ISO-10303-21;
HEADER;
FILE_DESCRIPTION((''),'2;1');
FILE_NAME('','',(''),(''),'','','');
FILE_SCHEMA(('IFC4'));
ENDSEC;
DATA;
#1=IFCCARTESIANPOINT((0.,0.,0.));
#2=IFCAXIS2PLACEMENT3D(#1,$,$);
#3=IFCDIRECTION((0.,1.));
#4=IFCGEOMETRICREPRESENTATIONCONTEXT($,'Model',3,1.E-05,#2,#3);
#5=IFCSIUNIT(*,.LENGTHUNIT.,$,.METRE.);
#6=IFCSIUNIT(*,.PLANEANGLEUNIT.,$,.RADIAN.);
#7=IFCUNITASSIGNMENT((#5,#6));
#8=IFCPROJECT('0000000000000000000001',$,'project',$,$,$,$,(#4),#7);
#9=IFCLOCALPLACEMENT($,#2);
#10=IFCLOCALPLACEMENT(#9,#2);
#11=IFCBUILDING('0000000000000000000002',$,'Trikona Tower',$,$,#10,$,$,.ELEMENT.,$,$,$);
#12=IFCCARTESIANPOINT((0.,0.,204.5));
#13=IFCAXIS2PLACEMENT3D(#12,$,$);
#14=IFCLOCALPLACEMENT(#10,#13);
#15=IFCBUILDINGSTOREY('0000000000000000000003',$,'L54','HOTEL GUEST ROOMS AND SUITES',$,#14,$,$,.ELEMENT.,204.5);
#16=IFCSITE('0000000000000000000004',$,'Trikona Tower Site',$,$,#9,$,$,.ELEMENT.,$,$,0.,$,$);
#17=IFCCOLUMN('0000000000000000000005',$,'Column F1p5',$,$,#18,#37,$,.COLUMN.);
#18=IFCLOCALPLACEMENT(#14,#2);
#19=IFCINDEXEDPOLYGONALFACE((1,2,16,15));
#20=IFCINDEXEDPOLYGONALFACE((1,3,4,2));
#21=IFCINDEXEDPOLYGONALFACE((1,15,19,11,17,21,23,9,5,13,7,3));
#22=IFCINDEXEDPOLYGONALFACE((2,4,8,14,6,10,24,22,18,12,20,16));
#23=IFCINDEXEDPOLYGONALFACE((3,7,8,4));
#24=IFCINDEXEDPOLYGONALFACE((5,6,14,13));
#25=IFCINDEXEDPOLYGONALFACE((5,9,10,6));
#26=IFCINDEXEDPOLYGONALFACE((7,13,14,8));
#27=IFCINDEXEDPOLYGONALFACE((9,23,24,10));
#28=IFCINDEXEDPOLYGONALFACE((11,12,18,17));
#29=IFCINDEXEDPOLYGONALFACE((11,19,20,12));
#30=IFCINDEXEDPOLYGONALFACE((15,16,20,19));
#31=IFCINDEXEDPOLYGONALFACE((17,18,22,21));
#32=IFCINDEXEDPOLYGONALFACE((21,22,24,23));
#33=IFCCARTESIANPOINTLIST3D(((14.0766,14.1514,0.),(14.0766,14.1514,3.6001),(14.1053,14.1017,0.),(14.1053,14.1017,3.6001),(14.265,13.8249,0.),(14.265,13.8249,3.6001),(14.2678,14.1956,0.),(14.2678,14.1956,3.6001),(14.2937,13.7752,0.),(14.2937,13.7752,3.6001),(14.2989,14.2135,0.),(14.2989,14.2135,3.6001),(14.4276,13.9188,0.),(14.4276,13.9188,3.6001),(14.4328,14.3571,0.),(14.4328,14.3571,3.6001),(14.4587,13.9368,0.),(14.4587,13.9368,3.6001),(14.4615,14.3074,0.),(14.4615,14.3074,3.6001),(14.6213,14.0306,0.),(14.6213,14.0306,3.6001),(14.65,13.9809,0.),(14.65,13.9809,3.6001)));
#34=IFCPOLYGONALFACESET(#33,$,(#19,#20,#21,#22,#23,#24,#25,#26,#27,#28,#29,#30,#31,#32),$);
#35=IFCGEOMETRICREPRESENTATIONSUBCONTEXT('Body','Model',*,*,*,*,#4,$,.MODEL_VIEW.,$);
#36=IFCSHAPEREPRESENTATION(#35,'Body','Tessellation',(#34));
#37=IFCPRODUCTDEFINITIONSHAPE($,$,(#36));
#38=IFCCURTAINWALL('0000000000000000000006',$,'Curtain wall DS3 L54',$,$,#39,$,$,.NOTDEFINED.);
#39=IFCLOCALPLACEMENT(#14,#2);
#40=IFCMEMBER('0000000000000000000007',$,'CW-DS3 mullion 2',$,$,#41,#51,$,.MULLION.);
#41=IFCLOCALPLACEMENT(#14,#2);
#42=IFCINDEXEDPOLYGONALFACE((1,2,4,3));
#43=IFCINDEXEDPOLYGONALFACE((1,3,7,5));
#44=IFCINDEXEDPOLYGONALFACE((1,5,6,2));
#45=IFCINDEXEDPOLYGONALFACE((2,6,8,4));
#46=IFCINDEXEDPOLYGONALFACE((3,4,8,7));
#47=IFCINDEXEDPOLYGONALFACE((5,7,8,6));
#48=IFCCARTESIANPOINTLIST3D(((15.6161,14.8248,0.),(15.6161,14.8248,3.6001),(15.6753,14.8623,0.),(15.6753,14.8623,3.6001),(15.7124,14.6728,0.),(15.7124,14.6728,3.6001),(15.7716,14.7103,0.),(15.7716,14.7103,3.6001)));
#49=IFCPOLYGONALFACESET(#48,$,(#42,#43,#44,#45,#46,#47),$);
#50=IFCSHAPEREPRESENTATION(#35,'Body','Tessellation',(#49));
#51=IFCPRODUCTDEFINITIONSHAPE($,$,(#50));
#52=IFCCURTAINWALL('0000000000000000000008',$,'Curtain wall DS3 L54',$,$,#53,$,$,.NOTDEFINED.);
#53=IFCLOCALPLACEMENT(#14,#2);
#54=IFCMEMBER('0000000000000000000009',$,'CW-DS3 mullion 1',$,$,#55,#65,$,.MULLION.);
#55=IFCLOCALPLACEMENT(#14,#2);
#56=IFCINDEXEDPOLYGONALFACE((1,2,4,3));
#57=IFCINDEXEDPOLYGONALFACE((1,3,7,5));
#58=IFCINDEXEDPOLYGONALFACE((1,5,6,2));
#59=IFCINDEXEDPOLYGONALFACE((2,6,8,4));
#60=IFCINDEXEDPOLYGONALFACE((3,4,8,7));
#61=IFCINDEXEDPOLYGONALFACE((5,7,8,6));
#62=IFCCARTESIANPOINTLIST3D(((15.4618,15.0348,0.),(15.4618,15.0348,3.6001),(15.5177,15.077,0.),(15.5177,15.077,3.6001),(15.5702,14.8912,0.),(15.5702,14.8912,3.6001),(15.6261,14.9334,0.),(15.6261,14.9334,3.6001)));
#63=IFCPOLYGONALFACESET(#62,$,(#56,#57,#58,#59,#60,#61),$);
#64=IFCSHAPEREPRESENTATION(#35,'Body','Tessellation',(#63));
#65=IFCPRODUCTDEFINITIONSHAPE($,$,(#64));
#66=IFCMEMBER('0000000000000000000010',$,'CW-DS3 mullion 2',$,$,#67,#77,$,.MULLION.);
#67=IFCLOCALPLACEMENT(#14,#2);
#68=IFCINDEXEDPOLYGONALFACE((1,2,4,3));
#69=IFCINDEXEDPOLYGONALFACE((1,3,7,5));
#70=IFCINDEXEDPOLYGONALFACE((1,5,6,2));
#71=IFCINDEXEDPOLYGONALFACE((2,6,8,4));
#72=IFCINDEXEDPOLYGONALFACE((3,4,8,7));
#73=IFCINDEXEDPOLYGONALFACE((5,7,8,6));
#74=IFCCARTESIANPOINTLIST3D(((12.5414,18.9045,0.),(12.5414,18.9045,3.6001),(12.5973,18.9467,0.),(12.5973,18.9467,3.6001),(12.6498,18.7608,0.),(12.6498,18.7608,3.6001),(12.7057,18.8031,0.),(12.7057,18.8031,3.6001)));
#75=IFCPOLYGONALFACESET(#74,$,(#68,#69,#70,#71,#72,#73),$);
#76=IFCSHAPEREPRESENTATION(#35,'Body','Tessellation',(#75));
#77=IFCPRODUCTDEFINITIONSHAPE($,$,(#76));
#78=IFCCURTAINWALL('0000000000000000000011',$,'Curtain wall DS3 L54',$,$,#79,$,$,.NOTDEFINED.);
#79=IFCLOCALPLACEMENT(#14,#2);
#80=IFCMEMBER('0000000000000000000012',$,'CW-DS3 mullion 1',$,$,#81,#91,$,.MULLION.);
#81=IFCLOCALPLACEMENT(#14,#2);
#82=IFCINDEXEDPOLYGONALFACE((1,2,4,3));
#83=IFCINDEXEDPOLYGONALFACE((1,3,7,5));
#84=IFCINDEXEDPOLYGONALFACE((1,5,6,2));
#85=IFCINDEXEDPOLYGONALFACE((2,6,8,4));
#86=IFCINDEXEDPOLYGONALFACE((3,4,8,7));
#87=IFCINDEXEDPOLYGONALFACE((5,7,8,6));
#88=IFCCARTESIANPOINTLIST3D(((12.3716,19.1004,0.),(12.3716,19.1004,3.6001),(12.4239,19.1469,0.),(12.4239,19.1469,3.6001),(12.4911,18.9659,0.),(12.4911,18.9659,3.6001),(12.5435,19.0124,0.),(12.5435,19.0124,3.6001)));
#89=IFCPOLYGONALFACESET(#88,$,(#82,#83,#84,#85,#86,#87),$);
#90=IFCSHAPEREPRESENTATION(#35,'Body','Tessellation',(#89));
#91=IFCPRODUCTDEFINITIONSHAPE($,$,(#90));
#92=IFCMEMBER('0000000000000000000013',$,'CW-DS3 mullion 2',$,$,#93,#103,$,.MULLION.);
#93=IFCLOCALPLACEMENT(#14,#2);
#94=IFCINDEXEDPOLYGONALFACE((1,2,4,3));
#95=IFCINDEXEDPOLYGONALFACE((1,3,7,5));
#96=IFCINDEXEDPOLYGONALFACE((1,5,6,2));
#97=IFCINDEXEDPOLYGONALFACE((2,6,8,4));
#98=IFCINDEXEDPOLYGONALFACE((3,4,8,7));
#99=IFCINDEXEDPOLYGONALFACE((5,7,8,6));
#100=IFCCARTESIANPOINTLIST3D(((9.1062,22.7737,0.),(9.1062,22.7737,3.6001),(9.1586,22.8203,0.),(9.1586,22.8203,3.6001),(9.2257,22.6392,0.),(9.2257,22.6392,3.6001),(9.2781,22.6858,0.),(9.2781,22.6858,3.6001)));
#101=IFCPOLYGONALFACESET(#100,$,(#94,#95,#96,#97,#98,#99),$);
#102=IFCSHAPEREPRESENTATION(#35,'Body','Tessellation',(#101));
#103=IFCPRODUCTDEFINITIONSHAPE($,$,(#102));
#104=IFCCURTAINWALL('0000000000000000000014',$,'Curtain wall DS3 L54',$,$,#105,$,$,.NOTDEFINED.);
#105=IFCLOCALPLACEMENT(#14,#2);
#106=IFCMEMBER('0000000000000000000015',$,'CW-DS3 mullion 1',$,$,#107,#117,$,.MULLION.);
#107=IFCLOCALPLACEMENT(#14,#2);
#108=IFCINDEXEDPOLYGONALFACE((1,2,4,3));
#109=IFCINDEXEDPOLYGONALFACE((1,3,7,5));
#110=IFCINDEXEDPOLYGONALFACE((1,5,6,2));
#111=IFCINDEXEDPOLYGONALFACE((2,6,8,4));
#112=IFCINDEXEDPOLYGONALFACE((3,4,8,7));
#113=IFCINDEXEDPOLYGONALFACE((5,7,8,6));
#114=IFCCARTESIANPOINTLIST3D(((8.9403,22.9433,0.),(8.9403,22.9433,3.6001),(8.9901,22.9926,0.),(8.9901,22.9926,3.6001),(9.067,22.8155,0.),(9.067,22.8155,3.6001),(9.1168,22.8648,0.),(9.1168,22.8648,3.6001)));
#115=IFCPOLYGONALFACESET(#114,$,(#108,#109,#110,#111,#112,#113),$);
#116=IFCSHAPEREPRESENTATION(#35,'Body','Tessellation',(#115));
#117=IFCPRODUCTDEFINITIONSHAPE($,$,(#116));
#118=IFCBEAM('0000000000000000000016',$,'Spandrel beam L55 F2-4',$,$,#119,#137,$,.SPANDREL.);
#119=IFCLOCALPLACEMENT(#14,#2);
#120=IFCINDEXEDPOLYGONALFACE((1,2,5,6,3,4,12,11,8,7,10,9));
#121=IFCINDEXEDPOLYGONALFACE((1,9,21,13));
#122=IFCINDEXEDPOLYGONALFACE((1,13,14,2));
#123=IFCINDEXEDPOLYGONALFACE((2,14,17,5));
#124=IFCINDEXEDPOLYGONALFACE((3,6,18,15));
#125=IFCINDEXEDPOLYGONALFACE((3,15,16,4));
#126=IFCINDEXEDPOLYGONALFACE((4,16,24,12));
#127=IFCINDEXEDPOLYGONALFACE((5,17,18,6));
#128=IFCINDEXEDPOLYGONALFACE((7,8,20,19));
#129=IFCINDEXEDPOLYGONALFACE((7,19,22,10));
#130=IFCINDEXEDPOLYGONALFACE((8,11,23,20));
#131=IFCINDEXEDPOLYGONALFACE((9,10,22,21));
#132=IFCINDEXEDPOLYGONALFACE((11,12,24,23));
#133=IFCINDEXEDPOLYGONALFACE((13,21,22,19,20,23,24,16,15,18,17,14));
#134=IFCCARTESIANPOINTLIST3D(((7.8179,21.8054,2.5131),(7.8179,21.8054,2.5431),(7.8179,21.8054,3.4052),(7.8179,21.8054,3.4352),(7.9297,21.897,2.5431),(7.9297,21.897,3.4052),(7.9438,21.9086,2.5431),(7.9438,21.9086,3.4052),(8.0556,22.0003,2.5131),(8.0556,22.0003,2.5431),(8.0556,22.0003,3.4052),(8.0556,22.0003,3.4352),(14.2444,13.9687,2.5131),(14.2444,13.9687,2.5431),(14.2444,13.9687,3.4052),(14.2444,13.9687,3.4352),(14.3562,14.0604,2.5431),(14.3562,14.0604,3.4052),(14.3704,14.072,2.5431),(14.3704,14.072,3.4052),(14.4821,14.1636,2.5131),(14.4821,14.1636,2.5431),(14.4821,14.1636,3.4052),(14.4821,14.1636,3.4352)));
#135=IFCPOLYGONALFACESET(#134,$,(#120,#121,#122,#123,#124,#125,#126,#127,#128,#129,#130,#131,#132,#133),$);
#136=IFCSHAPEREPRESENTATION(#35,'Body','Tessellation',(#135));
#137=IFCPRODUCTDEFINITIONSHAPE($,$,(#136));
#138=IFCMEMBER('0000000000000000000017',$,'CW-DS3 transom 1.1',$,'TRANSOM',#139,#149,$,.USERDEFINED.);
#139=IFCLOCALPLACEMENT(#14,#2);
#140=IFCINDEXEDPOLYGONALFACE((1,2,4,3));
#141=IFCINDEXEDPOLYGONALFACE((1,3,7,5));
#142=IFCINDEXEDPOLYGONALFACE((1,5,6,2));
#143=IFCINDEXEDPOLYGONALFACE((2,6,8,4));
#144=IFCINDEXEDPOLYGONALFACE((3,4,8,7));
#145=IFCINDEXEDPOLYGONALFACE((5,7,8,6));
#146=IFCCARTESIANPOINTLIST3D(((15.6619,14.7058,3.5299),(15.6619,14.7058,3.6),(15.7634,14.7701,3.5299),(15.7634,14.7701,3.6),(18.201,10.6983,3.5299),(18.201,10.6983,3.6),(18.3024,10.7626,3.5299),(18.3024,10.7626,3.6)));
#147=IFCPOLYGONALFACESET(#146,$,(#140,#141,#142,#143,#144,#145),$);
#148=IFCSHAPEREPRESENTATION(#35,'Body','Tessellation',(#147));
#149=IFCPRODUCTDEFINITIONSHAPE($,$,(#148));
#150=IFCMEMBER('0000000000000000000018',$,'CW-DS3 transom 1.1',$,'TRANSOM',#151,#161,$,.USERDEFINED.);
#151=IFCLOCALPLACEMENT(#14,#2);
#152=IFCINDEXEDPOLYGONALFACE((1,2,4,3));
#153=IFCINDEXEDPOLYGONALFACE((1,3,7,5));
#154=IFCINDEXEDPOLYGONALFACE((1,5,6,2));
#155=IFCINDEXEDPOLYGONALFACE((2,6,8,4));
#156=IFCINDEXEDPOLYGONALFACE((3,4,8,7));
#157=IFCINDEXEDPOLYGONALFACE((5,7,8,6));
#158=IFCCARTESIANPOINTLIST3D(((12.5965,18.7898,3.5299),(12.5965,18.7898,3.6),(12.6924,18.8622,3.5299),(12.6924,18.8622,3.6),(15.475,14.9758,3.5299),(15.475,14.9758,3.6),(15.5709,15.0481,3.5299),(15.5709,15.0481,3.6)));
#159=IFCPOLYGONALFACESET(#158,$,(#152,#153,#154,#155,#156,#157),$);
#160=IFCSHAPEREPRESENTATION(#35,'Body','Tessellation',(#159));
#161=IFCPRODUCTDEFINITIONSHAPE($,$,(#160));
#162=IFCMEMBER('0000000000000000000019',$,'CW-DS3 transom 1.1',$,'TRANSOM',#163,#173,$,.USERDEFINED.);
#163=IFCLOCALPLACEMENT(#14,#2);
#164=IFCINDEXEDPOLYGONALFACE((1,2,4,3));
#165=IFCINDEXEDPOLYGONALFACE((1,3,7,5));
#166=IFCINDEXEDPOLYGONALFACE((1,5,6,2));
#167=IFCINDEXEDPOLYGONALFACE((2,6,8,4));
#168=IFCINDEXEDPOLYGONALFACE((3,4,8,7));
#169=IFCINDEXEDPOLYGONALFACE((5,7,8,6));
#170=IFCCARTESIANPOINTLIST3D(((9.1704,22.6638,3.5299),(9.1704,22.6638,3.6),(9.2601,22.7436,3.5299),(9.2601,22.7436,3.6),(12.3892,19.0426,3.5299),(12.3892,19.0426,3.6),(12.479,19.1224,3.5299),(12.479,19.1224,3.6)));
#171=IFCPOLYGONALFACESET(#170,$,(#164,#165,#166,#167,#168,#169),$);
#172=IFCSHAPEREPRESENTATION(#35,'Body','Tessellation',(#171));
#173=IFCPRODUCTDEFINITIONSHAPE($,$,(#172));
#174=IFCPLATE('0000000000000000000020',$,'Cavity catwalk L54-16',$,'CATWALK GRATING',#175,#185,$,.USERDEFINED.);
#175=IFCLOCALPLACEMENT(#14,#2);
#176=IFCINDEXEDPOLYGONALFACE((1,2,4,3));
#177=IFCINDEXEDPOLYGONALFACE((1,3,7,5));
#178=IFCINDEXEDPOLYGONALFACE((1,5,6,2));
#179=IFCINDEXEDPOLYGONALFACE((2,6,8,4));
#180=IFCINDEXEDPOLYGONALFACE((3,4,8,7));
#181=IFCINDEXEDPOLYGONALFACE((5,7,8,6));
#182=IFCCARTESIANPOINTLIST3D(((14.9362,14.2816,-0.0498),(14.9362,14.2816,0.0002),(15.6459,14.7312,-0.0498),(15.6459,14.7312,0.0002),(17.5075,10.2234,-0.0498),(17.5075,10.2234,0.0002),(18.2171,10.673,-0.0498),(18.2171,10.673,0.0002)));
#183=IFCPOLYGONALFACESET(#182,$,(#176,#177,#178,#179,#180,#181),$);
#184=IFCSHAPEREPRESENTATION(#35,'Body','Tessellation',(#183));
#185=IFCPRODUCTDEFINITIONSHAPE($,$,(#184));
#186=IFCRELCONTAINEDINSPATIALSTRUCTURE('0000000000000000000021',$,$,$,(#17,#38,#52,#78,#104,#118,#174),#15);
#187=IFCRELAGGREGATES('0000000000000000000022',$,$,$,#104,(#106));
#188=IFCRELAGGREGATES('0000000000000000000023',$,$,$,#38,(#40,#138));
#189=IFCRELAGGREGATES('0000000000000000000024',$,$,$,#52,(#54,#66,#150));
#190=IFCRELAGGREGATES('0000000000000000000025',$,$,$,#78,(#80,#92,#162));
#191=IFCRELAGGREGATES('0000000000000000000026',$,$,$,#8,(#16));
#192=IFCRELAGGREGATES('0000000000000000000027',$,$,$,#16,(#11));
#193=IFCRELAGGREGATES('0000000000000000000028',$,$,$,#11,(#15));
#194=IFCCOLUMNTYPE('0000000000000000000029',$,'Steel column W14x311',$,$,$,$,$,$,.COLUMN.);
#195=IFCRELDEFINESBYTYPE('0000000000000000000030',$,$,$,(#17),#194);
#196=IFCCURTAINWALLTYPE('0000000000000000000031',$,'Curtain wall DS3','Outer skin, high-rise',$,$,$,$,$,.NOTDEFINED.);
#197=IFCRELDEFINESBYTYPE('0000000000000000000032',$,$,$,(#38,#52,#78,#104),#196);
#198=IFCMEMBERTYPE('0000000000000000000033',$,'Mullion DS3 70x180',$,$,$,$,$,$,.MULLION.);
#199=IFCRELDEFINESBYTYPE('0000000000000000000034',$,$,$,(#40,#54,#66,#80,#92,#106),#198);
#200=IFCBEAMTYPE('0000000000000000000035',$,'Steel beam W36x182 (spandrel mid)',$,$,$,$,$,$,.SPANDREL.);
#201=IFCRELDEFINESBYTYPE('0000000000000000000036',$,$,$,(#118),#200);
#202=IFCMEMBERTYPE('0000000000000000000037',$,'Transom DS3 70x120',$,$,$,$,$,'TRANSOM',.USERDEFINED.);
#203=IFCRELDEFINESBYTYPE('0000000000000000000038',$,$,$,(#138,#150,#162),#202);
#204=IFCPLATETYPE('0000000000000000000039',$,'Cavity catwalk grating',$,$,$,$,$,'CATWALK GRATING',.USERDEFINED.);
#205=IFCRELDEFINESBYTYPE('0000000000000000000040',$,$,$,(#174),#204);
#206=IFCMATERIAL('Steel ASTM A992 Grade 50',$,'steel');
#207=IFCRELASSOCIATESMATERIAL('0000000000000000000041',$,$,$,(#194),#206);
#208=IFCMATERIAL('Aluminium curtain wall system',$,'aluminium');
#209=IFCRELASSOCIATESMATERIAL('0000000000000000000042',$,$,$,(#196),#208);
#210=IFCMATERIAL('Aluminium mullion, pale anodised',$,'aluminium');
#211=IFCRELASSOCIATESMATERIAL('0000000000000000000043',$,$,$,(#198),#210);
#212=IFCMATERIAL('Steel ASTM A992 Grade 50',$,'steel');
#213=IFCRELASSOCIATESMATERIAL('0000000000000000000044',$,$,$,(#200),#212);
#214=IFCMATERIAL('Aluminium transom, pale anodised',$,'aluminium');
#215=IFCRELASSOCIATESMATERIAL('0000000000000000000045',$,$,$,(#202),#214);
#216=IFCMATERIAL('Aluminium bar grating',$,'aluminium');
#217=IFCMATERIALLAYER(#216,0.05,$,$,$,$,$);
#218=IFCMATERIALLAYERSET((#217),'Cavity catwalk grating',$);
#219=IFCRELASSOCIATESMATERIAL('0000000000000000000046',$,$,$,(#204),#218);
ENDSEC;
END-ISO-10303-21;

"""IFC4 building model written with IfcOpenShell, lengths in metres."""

from ifc_helpers import new_model, si_unit, direction, frame, origin, origin_2d, place, context, subcontext, project, spatial, rectangle, i_section, extrude, material, layer, layer_set, material_profile, profile_set, type_object, element, aggregate, save


model = new_model("IFC4")

# Units and contexts
model_context = context("Model", 3, precision=1e-05, world=origin(), true_north=direction((0.0, 1.0)))
body_context = subcontext(model_context, "Body", "Model", "MODEL_VIEW")
ifc_project = project(units=[si_unit("LENGTHUNIT", "METRE"), si_unit("PLANEANGLEUNIT", "RADIAN")], contexts=[model_context])

# Site, building, storey
site_placement = place(None, origin())
site = spatial("IfcSite", under=ifc_project, at=site_placement, Name="Trikona Tower Site", CompositionType="ELEMENT", RefElevation=0.0)
building_placement = place(site_placement, origin())
building = spatial("IfcBuilding", under=site, at=building_placement, Name="Trikona Tower", CompositionType="ELEMENT")
storey_placement = place(building_placement, frame((0.0, 0.0, 204.5)))
storey = spatial("IfcBuildingStorey", under=building, at=storey_placement, Name="L54", Description="HOTEL GUEST ROOMS AND SUITES", CompositionType="ELEMENT", Elevation=204.5)

# Column
ifc_material_1 = material(Name="Steel ASTM A992 Grade 50", Category="steel")
ifc_material_profile_1 = material_profile(ifc_material_1, i_section(OverallWidth=0.4114, OverallDepth=0.4343, WebThickness=0.0359, FlangeThickness=0.0574, at=origin_2d()), Name="W14X311")
ifc_profile_set_1 = profile_set([ifc_material_profile_1], Name="Steel ASTM A992 Grade 50")
column_type = type_object("IfcColumnType", Name="Steel column W14x311", PredefinedType="COLUMN", material=ifc_profile_set_1)
column_placement = place(storey_placement, frame((14.3633, 14.0662, 0.0), z_axis=(0.0, 0.0, 1.0), x_axis=(0.866025, 0.5, 0.0)))
element("IfcColumn", 1, at=column_placement, inside=storey, type_object=column_type, Name="Column F1p5", PredefinedType="COLUMN", context=body_context, shape_type="SweptSolid", body=[
    extrude(i_section(OverallWidth=0.4114, OverallDepth=0.4343, WebThickness=0.0359, FlangeThickness=0.0574, at=origin_2d()), origin(), (0.0, 0.0, 1.0), 3.6001),
])

# Curtain wall, member
ifc_material_2 = material(Name="Aluminium curtain wall system", Category="aluminium")
curtain_wall_type = type_object("IfcCurtainWallType", Name="Curtain wall DS3", Description="Outer skin, high-rise", PredefinedType="NOTDEFINED", material=ifc_material_2)
curtain_wall_1_placement = place(storey_placement, origin())
curtain_wall_1 = element("IfcCurtainWall", 2, at=curtain_wall_1_placement, inside=storey, type_object=curtain_wall_type, Name="Curtain wall DS3 L54", PredefinedType="NOTDEFINED")
ifc_material_3 = material(Name="Aluminium mullion, pale anodised", Category="aluminium")
ifc_material_profile_2 = material_profile(ifc_material_3, rectangle(XDim=0.0701, YDim=0.1799, at=origin_2d()), Name="MUL-DS3")
ifc_profile_set_2 = profile_set([ifc_material_profile_2], Name="Aluminium mullion, pale anodised")
member_type_1 = type_object("IfcMemberType", Name="Mullion DS3 70x180", PredefinedType="MULLION", material=ifc_profile_set_2)
member_1_placement = place(storey_placement, frame((15.6938, 14.7676, 0.0), z_axis=(0.0, 0.0, 1.0), x_axis=(-0.844727, -0.535197, 0.0)))
member_1 = element("IfcMember", 3, at=member_1_placement, type_object=member_type_1, Name="CW-DS3 mullion 2", PredefinedType="MULLION", context=body_context, shape_type="SweptSolid", body=[
    extrude(rectangle(XDim=0.0701, YDim=0.1799, at=origin_2d()), origin(), (0.0, 0.0, 1.0), 3.6001),
])

# Curtain walls, members
curtain_wall_2_placement = place(storey_placement, origin())
curtain_wall_2 = element("IfcCurtainWall", 4, at=curtain_wall_2_placement, inside=storey, type_object=curtain_wall_type, Name="Curtain wall DS3 L54", PredefinedType="NOTDEFINED")
member_2_placement = place(storey_placement, frame((15.5439, 14.9841, 0.0), z_axis=(0.0, 0.0, 1.0), x_axis=(-0.798193, -0.602402, 0.0)))
member_2 = element("IfcMember", 5, at=member_2_placement, type_object=member_type_1, Name="CW-DS3 mullion 1", PredefinedType="MULLION", context=body_context, shape_type="SweptSolid", body=[
    extrude(rectangle(XDim=0.0701, YDim=0.1799, at=origin_2d()), origin(), (0.0, 0.0, 1.0), 3.6001),
])
member_3_placement = place(storey_placement, frame((12.6235, 18.8538, 0.0), z_axis=(0.0, 0.0, 1.0), x_axis=(-0.798193, -0.602402, 0.0)))
member_3 = element("IfcMember", 6, at=member_3_placement, type_object=member_type_1, Name="CW-DS3 mullion 2", PredefinedType="MULLION", context=body_context, shape_type="SweptSolid", body=[
    extrude(rectangle(XDim=0.0701, YDim=0.1799, at=origin_2d()), origin(), (0.0, 0.0, 1.0), 3.6001),
])
curtain_wall_3_placement = place(storey_placement, origin())
curtain_wall_3 = element("IfcCurtainWall", 7, at=curtain_wall_3_placement, inside=storey, type_object=curtain_wall_type, Name="Curtain wall DS3 L54", PredefinedType="NOTDEFINED")
member_4_placement = place(storey_placement, frame((12.4575, 19.0564, 0.0), z_axis=(0.0, 0.0, 1.0), x_axis=(-0.747403, -0.664371, 0.0)))
member_4 = element("IfcMember", 8, at=member_4_placement, type_object=member_type_1, Name="CW-DS3 mullion 1", PredefinedType="MULLION", context=body_context, shape_type="SweptSolid", body=[
    extrude(rectangle(XDim=0.0701, YDim=0.1799, at=origin_2d()), origin(), (0.0, 0.0, 1.0), 3.6001),
])
member_5_placement = place(storey_placement, frame((9.1921, 22.7297, 0.0), z_axis=(0.0, 0.0, 1.0), x_axis=(-0.747403, -0.664371, 0.0)))
member_5 = element("IfcMember", 9, at=member_5_placement, type_object=member_type_1, Name="CW-DS3 mullion 2", PredefinedType="MULLION", context=body_context, shape_type="SweptSolid", body=[
    extrude(rectangle(XDim=0.0701, YDim=0.1799, at=origin_2d()), origin(), (0.0, 0.0, 1.0), 3.6001),
])

# Curtain wall, member
curtain_wall_4_placement = place(storey_placement, origin())
curtain_wall_4 = element("IfcCurtainWall", 10, at=curtain_wall_4_placement, inside=storey, type_object=curtain_wall_type, Name="Curtain wall DS3 L54", PredefinedType="NOTDEFINED")
member_6_placement = place(storey_placement, frame((9.0286, 22.9041, 0.0), z_axis=(0.0, 0.0, 1.0), x_axis=(-0.710052, -0.704149, 0.0)))
member_6 = element("IfcMember", 11, at=member_6_placement, type_object=member_type_1, Name="CW-DS3 mullion 1", PredefinedType="MULLION", context=body_context, shape_type="SweptSolid", body=[
    extrude(rectangle(XDim=0.0701, YDim=0.1799, at=origin_2d()), origin(), (0.0, 0.0, 1.0), 3.6001),
])
aggregate(curtain_wall_4, [member_6])

# Beam
ifc_material_4 = material(Name="Steel ASTM A992 Grade 50", Category="steel")
ifc_material_profile_3 = material_profile(ifc_material_4, i_section(OverallWidth=0.3074, OverallDepth=0.9221, WebThickness=0.0183, FlangeThickness=0.03, at=origin_2d()), Name="W36X182")
ifc_profile_set_3 = profile_set([ifc_material_profile_3], Name="Steel ASTM A992 Grade 50")
beam_type = type_object("IfcBeamType", Name="Steel beam W36x182 (spandrel mid)", PredefinedType="SPANDREL", material=ifc_profile_set_3)
beam_placement = place(storey_placement, frame((14.3633, 14.0662, 2.9741), z_axis=(-0.634106, 0.773246, 0.0), x_axis=(-0.773246, -0.634106, 0.0)))
element("IfcBeam", 12, at=beam_placement, inside=storey, type_object=beam_type, Name="Spandrel beam L55 F2-4", PredefinedType="SPANDREL", context=body_context, shape_type="SweptSolid", body=[
    extrude(i_section(OverallWidth=0.3074, OverallDepth=0.9221, WebThickness=0.0183, FlangeThickness=0.03, at=origin_2d()), origin(), (0.0, 0.0, 1.0), 10.1348),
])

# Members
ifc_material_5 = material(Name="Aluminium transom, pale anodised", Category="aluminium")
ifc_material_profile_4 = material_profile(ifc_material_5, rectangle(XDim=0.1201, YDim=0.0701, at=origin_2d()), Name="TRN-DS3")
ifc_profile_set_4 = profile_set([ifc_material_profile_4], Name="Aluminium transom, pale anodised")
member_type_2 = type_object("IfcMemberType", Name="Transom DS3 70x120", ElementType="TRANSOM", PredefinedType="USERDEFINED", material=ifc_profile_set_4)
member_7_placement = place(storey_placement, frame((18.2517, 10.7305, 3.5649), z_axis=(-0.535193, 0.84473, 0.0), x_axis=(-0.84473, -0.535193, 0.0)))
member_7 = element("IfcMember", 13, at=member_7_placement, type_object=member_type_2, Name="CW-DS3 transom 1.1", ObjectType="TRANSOM", PredefinedType="USERDEFINED", context=body_context, shape_type="SweptSolid", body=[
    extrude(rectangle(XDim=0.1201, YDim=0.0701, at=origin_2d()), origin(), (0.0, 0.0, 1.0), 4.7441),
])
member_8_placement = place(storey_placement, frame((15.5229, 15.012, 3.5649), z_axis=(-0.602401, 0.798194, 0.0), x_axis=(-0.798194, -0.602401, 0.0)))
member_8 = element("IfcMember", 14, at=member_8_placement, type_object=member_type_2, Name="CW-DS3 transom 1.1", ObjectType="TRANSOM", PredefinedType="USERDEFINED", context=body_context, shape_type="SweptSolid", body=[
    extrude(rectangle(XDim=0.1201, YDim=0.0701, at=origin_2d()), origin(), (0.0, 0.0, 1.0), 4.7783),
])
member_9_placement = place(storey_placement, frame((12.4341, 19.0825, 3.5649), z_axis=(-0.664364, 0.747409, 0.0), x_axis=(-0.747409, -0.664364, 0.0)))
member_9 = element("IfcMember", 15, at=member_9_placement, type_object=member_type_2, Name="CW-DS3 transom 1.1", ObjectType="TRANSOM", PredefinedType="USERDEFINED", context=body_context, shape_type="SweptSolid", body=[
    extrude(rectangle(XDim=0.1201, YDim=0.0701, at=origin_2d()), origin(), (0.0, 0.0, 1.0), 4.845),
])

# Plate
ifc_material_6 = material(Name="Aluminium bar grating", Category="aluminium")
ifc_layer_1 = layer(ifc_material_6, 0.05)
ifc_layer_set_1 = layer_set([ifc_layer_1], Name="Cavity catwalk grating")
plate_type_1 = type_object("IfcPlateType", Name="Cavity catwalk grating", ElementType="CATWALK GRATING", PredefinedType="USERDEFINED", material=ifc_layer_set_1)
plate_1_placement = place(storey_placement, frame((16.5767, 12.4773, -0.0498), z_axis=(0.0, 0.0, 1.0), x_axis=(-0.535205, 0.844722, 0.0)))
element("IfcPlate", 16, at=plate_1_placement, inside=storey, type_object=plate_type_1, Name="Cavity catwalk L54-16", ObjectType="CATWALK GRATING", PredefinedType="USERDEFINED", context=body_context, shape_type="SweptSolid", body=[
    extrude(rectangle(XDim=4.8042, YDim=0.8401, at=origin_2d()), origin(), (0.0, 0.0, 1.0), 0.05),
])

aggregate(curtain_wall_1, [member_1, member_7])
aggregate(curtain_wall_2, [member_2, member_3, member_8])
aggregate(curtain_wall_3, [member_4, member_5, member_9])

save(model, "model.ifc")
